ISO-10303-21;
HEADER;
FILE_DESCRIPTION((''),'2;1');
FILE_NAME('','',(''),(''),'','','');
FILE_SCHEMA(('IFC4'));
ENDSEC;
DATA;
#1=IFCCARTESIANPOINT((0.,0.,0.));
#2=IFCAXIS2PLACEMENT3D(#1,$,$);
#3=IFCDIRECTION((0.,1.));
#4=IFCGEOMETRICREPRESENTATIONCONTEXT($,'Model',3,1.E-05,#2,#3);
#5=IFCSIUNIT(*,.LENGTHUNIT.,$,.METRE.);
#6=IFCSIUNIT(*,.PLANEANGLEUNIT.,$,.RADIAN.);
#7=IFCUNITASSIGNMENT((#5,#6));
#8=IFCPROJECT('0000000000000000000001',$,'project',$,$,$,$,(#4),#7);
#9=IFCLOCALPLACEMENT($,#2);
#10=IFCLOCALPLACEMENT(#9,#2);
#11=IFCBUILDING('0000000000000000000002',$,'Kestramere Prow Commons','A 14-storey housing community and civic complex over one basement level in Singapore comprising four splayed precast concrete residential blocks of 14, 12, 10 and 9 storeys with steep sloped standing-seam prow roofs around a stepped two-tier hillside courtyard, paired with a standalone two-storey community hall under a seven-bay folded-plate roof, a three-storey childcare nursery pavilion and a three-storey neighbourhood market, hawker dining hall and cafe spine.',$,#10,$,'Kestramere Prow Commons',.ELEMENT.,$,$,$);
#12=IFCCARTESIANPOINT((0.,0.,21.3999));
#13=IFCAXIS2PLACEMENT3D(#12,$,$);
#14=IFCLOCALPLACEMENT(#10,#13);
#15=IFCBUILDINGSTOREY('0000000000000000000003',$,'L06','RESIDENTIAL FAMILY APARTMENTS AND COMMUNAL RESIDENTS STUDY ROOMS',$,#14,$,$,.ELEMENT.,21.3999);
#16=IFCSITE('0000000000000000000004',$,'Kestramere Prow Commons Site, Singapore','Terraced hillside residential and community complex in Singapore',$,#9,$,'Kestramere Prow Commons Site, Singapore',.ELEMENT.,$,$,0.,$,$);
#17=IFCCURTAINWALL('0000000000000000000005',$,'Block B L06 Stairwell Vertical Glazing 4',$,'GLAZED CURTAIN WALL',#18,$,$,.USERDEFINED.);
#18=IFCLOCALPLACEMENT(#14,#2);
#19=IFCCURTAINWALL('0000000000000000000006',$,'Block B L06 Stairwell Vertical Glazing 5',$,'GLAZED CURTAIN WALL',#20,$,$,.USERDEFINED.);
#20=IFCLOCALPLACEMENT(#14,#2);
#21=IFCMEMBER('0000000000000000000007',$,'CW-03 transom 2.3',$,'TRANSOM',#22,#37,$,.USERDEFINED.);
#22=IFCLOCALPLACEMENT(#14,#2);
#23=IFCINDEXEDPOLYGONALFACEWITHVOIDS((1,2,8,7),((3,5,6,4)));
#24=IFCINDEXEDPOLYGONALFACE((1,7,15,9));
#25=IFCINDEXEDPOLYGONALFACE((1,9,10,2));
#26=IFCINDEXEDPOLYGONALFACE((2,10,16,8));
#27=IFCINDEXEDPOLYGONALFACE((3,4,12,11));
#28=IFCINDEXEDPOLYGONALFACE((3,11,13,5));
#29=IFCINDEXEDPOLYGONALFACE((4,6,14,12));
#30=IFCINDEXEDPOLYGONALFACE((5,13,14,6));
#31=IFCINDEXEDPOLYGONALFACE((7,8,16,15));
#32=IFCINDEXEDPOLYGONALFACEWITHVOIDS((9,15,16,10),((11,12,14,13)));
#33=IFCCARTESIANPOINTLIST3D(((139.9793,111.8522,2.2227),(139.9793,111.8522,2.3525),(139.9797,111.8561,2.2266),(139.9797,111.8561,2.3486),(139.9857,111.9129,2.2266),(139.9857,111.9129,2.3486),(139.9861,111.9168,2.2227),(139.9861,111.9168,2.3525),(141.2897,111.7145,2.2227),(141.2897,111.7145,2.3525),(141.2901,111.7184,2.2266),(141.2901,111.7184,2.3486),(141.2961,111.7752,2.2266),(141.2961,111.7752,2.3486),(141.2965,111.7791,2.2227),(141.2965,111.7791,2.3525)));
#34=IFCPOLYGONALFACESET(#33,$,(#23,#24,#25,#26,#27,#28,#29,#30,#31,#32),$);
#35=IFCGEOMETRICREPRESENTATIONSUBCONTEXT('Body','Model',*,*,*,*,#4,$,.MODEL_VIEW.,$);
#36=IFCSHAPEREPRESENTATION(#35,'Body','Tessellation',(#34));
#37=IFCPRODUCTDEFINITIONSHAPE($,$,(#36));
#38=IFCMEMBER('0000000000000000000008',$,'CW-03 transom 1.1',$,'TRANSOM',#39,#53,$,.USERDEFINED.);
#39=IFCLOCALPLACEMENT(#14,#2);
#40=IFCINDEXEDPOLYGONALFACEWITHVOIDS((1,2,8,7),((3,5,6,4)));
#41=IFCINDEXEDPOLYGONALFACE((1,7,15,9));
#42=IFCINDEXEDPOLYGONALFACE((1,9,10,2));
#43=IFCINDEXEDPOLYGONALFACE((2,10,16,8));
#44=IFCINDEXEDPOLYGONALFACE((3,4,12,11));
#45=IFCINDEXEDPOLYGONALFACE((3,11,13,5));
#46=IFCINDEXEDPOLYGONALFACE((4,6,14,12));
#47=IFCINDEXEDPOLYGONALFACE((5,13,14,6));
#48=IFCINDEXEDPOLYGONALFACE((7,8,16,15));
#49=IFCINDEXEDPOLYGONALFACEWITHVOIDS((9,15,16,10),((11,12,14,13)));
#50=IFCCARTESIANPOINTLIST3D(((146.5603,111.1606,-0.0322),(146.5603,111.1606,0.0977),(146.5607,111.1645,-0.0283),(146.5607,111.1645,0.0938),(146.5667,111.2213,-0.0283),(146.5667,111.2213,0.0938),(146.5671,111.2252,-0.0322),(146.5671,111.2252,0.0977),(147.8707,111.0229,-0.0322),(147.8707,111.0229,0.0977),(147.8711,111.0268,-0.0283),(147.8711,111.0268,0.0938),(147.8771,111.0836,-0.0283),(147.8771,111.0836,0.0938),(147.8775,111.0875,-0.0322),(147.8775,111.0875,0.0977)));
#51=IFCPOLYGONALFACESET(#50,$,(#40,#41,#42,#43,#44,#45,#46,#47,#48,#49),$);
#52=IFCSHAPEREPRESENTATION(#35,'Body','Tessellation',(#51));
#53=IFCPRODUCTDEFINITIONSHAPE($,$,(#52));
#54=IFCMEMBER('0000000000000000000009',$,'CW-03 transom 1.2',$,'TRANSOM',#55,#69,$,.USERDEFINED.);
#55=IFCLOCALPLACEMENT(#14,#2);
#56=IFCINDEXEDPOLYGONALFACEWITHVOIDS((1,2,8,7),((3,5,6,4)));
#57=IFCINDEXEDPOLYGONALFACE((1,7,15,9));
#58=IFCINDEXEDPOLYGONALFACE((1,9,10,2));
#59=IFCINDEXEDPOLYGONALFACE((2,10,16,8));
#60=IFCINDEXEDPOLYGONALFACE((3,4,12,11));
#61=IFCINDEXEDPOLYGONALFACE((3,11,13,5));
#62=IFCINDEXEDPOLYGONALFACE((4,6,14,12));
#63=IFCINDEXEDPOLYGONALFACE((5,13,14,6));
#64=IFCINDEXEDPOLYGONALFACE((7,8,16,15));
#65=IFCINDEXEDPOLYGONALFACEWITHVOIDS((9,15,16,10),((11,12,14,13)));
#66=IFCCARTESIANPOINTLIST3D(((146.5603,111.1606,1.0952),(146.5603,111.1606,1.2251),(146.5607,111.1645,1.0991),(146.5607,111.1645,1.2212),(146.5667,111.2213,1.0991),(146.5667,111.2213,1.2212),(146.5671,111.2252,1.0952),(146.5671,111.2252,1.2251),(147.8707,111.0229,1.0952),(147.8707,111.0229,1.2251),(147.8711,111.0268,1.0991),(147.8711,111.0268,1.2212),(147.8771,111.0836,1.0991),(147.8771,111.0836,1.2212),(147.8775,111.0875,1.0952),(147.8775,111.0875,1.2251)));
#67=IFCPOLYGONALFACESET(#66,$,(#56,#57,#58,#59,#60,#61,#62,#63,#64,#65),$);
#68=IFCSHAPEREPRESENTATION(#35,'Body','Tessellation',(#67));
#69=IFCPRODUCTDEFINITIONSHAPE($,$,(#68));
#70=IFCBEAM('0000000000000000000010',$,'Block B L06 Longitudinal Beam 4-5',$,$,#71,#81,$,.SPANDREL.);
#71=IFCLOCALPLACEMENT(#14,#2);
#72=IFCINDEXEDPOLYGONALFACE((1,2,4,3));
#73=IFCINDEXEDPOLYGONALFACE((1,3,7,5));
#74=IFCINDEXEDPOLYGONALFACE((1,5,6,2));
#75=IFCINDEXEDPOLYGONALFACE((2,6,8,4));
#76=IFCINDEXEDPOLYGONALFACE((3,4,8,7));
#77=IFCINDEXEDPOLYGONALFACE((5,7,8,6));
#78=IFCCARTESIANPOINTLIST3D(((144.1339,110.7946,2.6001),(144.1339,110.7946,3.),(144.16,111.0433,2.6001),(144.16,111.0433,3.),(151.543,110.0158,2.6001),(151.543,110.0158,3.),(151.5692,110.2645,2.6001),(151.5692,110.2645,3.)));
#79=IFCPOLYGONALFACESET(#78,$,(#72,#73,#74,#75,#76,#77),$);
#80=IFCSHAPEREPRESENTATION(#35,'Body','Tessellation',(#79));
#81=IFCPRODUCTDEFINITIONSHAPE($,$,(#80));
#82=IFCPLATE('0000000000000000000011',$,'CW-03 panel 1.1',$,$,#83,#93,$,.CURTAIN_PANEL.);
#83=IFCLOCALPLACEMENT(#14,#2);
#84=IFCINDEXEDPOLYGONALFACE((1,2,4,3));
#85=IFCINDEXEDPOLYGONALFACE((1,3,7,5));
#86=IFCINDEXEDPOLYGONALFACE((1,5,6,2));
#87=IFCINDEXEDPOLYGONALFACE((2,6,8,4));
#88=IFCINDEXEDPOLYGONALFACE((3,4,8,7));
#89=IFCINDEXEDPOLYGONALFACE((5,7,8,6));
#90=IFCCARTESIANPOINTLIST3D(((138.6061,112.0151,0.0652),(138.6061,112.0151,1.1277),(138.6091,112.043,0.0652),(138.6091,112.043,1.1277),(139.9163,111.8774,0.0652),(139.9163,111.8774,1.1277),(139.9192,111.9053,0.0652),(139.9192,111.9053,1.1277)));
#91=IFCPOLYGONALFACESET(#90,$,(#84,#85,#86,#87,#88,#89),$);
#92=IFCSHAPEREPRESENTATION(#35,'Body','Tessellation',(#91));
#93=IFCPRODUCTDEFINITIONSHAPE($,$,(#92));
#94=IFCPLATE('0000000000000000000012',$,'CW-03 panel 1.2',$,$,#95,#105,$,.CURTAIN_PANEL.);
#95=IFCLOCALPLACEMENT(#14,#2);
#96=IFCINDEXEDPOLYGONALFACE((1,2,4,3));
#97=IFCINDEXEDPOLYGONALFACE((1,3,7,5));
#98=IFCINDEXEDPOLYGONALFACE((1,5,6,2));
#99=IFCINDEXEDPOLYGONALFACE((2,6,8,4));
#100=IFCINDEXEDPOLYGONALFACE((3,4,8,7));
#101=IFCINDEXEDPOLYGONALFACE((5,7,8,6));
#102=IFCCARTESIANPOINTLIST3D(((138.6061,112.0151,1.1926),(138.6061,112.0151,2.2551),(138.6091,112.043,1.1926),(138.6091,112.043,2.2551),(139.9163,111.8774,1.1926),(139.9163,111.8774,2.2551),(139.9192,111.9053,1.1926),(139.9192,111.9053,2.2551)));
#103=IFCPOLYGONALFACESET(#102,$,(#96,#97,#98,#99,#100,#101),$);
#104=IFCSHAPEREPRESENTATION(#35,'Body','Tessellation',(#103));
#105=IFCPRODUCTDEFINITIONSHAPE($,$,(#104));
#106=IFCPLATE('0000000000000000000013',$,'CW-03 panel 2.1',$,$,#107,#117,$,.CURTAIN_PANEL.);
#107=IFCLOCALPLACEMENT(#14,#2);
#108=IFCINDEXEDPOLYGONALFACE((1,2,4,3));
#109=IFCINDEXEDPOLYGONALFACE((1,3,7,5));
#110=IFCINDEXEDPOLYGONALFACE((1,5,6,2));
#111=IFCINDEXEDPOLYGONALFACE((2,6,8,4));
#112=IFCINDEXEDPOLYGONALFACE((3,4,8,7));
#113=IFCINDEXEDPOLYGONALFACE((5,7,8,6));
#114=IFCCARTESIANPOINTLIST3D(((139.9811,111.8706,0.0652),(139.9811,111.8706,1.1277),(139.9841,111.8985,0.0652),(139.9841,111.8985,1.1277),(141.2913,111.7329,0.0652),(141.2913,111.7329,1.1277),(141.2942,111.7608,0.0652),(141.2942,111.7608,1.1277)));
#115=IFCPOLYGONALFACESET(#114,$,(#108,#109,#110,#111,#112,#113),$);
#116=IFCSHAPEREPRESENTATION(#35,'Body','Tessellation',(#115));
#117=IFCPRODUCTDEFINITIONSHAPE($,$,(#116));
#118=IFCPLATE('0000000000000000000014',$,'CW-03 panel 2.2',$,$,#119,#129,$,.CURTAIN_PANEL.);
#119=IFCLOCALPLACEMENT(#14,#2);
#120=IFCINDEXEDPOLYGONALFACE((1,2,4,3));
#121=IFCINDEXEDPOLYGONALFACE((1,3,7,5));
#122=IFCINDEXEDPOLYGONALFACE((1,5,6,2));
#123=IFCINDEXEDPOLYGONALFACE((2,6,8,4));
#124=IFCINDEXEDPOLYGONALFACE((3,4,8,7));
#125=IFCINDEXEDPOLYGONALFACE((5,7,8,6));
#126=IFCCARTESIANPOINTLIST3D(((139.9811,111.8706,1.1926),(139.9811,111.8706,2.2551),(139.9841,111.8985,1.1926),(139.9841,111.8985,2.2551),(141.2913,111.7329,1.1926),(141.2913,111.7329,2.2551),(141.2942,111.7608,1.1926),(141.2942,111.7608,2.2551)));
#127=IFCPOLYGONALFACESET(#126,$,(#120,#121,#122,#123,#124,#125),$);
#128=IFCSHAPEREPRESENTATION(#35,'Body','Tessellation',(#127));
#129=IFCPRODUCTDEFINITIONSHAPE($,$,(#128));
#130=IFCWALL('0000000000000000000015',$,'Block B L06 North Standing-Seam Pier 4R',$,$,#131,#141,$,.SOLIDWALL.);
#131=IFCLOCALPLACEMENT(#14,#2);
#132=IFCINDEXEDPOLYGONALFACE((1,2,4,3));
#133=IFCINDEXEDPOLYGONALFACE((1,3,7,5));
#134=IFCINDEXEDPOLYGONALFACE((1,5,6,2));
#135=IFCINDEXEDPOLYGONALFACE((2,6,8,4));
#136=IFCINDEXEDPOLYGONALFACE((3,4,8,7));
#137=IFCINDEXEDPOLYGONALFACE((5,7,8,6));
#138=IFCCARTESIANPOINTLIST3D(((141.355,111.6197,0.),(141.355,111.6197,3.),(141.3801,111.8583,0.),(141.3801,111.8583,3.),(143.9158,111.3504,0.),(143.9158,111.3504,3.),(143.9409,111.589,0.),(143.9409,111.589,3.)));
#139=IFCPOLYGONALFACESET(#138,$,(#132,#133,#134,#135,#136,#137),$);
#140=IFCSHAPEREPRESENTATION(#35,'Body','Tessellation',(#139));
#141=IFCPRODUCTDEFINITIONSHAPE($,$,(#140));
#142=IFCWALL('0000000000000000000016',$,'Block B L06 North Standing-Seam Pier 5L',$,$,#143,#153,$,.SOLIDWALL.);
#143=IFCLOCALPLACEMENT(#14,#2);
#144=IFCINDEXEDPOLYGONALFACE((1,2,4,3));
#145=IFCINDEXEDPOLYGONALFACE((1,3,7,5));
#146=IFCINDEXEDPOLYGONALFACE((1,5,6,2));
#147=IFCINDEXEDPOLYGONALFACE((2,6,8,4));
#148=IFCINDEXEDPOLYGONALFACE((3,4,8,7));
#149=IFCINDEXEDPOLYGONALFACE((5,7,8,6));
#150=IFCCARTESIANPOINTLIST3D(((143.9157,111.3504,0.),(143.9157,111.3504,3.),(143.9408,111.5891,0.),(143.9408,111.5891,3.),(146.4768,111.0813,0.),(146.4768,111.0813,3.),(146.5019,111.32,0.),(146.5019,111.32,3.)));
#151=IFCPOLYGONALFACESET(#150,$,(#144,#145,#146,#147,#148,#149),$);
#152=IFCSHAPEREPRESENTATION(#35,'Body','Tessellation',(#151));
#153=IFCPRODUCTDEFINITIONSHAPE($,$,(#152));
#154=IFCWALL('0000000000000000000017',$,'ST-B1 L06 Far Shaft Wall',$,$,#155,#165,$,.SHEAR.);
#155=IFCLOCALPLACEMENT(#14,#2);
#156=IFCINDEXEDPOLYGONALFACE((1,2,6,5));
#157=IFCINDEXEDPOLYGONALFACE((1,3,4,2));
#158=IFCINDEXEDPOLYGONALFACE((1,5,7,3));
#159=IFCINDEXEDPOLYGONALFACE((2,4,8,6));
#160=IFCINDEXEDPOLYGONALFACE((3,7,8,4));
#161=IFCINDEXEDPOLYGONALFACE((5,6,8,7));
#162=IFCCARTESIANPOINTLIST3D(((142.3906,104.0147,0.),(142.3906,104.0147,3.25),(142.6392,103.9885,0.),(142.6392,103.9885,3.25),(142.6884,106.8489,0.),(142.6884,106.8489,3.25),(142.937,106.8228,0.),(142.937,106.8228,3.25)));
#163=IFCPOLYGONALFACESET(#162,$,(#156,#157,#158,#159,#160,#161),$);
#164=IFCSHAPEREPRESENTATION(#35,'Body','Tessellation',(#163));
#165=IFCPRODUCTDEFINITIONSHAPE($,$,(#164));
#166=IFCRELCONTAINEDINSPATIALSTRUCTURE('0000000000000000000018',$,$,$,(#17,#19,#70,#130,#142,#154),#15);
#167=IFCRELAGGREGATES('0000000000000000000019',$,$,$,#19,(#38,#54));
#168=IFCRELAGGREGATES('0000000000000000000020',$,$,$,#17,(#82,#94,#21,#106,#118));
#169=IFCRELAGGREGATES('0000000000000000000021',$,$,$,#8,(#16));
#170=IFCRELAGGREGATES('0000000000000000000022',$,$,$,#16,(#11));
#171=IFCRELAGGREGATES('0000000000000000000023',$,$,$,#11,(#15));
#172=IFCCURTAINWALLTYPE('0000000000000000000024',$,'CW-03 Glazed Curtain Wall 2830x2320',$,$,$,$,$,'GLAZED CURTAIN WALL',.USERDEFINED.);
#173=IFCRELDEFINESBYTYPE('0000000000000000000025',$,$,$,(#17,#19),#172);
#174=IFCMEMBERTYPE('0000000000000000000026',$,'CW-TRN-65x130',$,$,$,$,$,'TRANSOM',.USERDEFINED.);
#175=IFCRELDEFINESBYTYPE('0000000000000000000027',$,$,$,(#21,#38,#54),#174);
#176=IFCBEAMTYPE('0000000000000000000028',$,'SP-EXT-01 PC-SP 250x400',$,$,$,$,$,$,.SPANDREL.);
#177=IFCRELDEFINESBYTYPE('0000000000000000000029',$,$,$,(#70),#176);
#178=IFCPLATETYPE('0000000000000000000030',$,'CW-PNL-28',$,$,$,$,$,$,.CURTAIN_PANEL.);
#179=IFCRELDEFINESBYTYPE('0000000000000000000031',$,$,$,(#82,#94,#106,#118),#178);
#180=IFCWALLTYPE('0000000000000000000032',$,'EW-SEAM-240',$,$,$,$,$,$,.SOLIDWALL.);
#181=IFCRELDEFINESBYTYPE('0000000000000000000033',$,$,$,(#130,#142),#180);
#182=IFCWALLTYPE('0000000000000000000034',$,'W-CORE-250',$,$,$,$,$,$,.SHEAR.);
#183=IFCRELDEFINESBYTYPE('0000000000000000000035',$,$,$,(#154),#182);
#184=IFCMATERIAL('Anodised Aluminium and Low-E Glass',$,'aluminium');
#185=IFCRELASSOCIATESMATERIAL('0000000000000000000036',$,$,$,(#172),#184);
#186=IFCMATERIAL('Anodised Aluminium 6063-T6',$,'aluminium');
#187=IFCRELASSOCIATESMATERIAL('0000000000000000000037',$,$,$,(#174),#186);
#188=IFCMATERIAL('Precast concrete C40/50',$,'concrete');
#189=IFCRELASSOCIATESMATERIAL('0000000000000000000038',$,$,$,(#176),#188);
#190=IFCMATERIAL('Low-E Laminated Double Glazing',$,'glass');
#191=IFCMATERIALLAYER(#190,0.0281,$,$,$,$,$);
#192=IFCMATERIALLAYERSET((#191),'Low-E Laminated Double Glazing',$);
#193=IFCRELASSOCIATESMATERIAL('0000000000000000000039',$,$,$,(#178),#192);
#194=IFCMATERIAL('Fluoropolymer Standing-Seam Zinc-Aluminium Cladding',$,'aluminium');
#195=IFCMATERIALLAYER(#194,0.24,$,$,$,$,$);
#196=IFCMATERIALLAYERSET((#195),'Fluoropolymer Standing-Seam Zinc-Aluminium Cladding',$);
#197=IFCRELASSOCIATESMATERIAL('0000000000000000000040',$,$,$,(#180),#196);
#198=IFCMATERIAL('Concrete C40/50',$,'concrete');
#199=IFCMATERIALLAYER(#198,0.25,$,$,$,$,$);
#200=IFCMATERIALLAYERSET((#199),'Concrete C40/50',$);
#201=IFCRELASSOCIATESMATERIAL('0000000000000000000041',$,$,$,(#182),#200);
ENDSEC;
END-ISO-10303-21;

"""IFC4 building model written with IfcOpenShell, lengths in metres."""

from ifc_helpers import new_model, si_unit, direction, frame, frame_2d, origin, origin_2d, place, context, subcontext, project, spatial, rectangle, hollow_rectangle, extrude, material, layer, layer_set, material_profile, profile_set, type_object, element, aggregate, save


model = new_model("IFC4")

# Units and contexts
model_context = context("Model", 3, precision=1e-05, world=origin(), true_north=direction((0.0, 1.0)))
body_context = subcontext(model_context, "Body", "Model", "MODEL_VIEW")
ifc_project = project(units=[si_unit("LENGTHUNIT", "METRE"), si_unit("PLANEANGLEUNIT", "RADIAN")], contexts=[model_context])

# Site, building, storey
site_placement = place(None, origin())
site = spatial("IfcSite", under=ifc_project, at=site_placement, Name="Kestramere Prow Commons Site, Singapore", Description="Terraced hillside residential and community complex in Singapore", LongName="Kestramere Prow Commons Site, Singapore", CompositionType="ELEMENT", RefElevation=0.0)
building_placement = place(site_placement, origin())
building = spatial("IfcBuilding", under=site, at=building_placement, Name="Kestramere Prow Commons", Description="A 14-storey housing community and civic complex over one basement level in Singapore comprising four splayed precast concrete residential blocks of 14, 12, 10 and 9 storeys with steep sloped standing-seam prow roofs around a stepped two-tier hillside courtyard, paired with a standalone two-storey community hall under a seven-bay folded-plate roof, a three-storey childcare nursery pavilion and a three-storey neighbourhood market, hawker dining hall and cafe spine.", LongName="Kestramere Prow Commons", CompositionType="ELEMENT")
storey_placement = place(building_placement, frame((0.0, 0.0, 21.3999)))
storey = spatial("IfcBuildingStorey", under=building, at=storey_placement, Name="L06", Description="RESIDENTIAL FAMILY APARTMENTS AND COMMUNAL RESIDENTS STUDY ROOMS", CompositionType="ELEMENT", Elevation=21.3999)

# Shared definitions
ifc_material_1 = material(Name="Precast concrete C40/50", Category="concrete")

# Shared definitions
ifc_material_2 = material(Name="Concrete C40/50", Category="concrete")

# Curtain wall
ifc_material_3 = material(Name="Anodised Aluminium and Low-E Glass", Category="aluminium")
curtain_wall_type = type_object("IfcCurtainWallType", Name="CW-03 Glazed Curtain Wall 2830x2320", ElementType="GLAZED CURTAIN WALL", PredefinedType="USERDEFINED", material=ifc_material_3)
curtain_wall_1_placement = place(storey_placement, origin())
curtain_wall_1 = element("IfcCurtainWall", 1, at=curtain_wall_1_placement, inside=storey, type_object=curtain_wall_type, Name="Block B L06 Stairwell Vertical Glazing 4", ObjectType="GLAZED CURTAIN WALL", PredefinedType="USERDEFINED")
ifc_material_4 = material(Name="Anodised Aluminium 6063-T6", Category="aluminium")

# Curtain wall
curtain_wall_2_placement = place(storey_placement, origin())
curtain_wall_2 = element("IfcCurtainWall", 2, at=curtain_wall_2_placement, inside=storey, type_object=curtain_wall_type, Name="Block B L06 Stairwell Vertical Glazing 5", ObjectType="GLAZED CURTAIN WALL", PredefinedType="USERDEFINED")

# Members
ifc_material_profile_1 = material_profile(ifc_material_4, hollow_rectangle(XDim=0.0649, YDim=0.1299, WallThickness=0.0039, at=origin_2d()), Name="ALU-TRN 65x130")
ifc_profile_set_1 = profile_set([ifc_material_profile_1], Name="Anodised Aluminium 6063-T6")
member_type_1 = type_object("IfcMemberType", Name="CW-TRN-65x130", ElementType="TRANSOM", PredefinedType="USERDEFINED", material=ifc_profile_set_1)
member_1_placement = place(storey_placement, frame((139.9827, 111.8845, 2.2876), z_axis=(0.994524, -0.104511, 0.0), x_axis=(0.104511, 0.994524, 0.0)))
member_1 = element("IfcMember", 3, at=member_1_placement, type_object=member_type_1, Name="CW-03 transom 2.3", ObjectType="TRANSOM", PredefinedType="USERDEFINED", context=body_context, shape_type="SweptSolid", body=[
    extrude(hollow_rectangle(XDim=0.0649, YDim=0.1299, WallThickness=0.0039, at=origin_2d()), origin(), (0.0, 0.0, 1.0), 1.3176),
])
member_2_placement = place(storey_placement, frame((146.5637, 111.1929, 0.0327), z_axis=(0.994524, -0.104511, 0.0), x_axis=(0.104511, 0.994524, 0.0)))
member_2 = element("IfcMember", 4, at=member_2_placement, type_object=member_type_1, Name="CW-03 transom 1.1", ObjectType="TRANSOM", PredefinedType="USERDEFINED", context=body_context, shape_type="SweptSolid", body=[
    extrude(hollow_rectangle(XDim=0.0649, YDim=0.1299, WallThickness=0.0039, at=origin_2d()), origin(), (0.0, 0.0, 1.0), 1.3176),
])
member_3_placement = place(storey_placement, frame((146.5637, 111.1929, 1.1602), z_axis=(0.994524, -0.104511, 0.0), x_axis=(0.104511, 0.994524, 0.0)))
member_3 = element("IfcMember", 5, at=member_3_placement, type_object=member_type_1, Name="CW-03 transom 1.2", ObjectType="TRANSOM", PredefinedType="USERDEFINED", context=body_context, shape_type="SweptSolid", body=[
    extrude(hollow_rectangle(XDim=0.0649, YDim=0.1299, WallThickness=0.0039, at=origin_2d()), origin(), (0.0, 0.0, 1.0), 1.3176),
])
aggregate(curtain_wall_2, [member_2, member_3])

# Beam
ifc_material_profile_2 = material_profile(ifc_material_1, rectangle(XDim=0.25, YDim=0.3999, at=origin_2d()), Name="PC-SP 250x400")
ifc_profile_set_2 = profile_set([ifc_material_profile_2], Name="Precast concrete C40/50")
beam_type_1 = type_object("IfcBeamType", Name="SP-EXT-01 PC-SP 250x400", PredefinedType="SPANDREL", material=ifc_profile_set_2)
beam_1_placement = place(storey_placement, frame((144.147, 110.9189, 2.8), z_axis=(0.994521, -0.104538, 0.0), x_axis=(0.104538, 0.994521, 0.0)))
element("IfcBeam", 6, at=beam_1_placement, inside=storey, type_object=beam_type_1, Name="Block B L06 Longitudinal Beam 4-5", PredefinedType="SPANDREL", context=body_context, shape_type="SweptSolid", body=[
    extrude(rectangle(XDim=0.25, YDim=0.3999, at=origin_2d()), origin(), (0.0, 0.0, 1.0), 7.45),
])

# Plates
ifc_material_5 = material(Name="Low-E Laminated Double Glazing", Category="glass")
ifc_layer_1 = layer(ifc_material_5, 0.0281)
ifc_layer_set_1 = layer_set([ifc_layer_1], Name="Low-E Laminated Double Glazing")
plate_type = type_object("IfcPlateType", Name="CW-PNL-28", PredefinedType="CURTAIN_PANEL", material=ifc_layer_set_1)
plate_1_placement = place(storey_placement, frame((139.2627, 111.9602, 0.0652), z_axis=(0.0, 0.0, 1.0), x_axis=(0.994522, -0.104529, 0.0)))
plate_1 = element("IfcPlate", 7, at=plate_1_placement, type_object=plate_type, Name="CW-03 panel 1.1", PredefinedType="CURTAIN_PANEL", context=body_context, shape_type="SweptSolid", body=[
    extrude(rectangle(XDim=1.3174, YDim=0.0281, at=origin_2d()), origin(), (0.0, 0.0, 1.0), 1.0625),
])
plate_2_placement = place(storey_placement, frame((139.2627, 111.9602, 1.1926), z_axis=(0.0, 0.0, 1.0), x_axis=(0.994522, -0.104529, 0.0)))
plate_2 = element("IfcPlate", 8, at=plate_2_placement, type_object=plate_type, Name="CW-03 panel 1.2", PredefinedType="CURTAIN_PANEL", context=body_context, shape_type="SweptSolid", body=[
    extrude(rectangle(XDim=1.3174, YDim=0.0281, at=origin_2d()), origin(), (0.0, 0.0, 1.0), 1.0625),
])
plate_3_placement = place(storey_placement, frame((140.6377, 111.8157, 0.0652), z_axis=(0.0, 0.0, 1.0), x_axis=(0.994522, -0.104529, 0.0)))
plate_3 = element("IfcPlate", 9, at=plate_3_placement, type_object=plate_type, Name="CW-03 panel 2.1", PredefinedType="CURTAIN_PANEL", context=body_context, shape_type="SweptSolid", body=[
    extrude(rectangle(XDim=1.3174, YDim=0.0281, at=origin_2d()), origin(), (0.0, 0.0, 1.0), 1.0625),
])
plate_4_placement = place(storey_placement, frame((140.6377, 111.8157, 1.1926), z_axis=(0.0, 0.0, 1.0), x_axis=(0.994522, -0.104529, 0.0)))
plate_4 = element("IfcPlate", 10, at=plate_4_placement, type_object=plate_type, Name="CW-03 panel 2.2", PredefinedType="CURTAIN_PANEL", context=body_context, shape_type="SweptSolid", body=[
    extrude(rectangle(XDim=1.3174, YDim=0.0281, at=origin_2d()), origin(), (0.0, 0.0, 1.0), 1.0625),
])
aggregate(curtain_wall_1, [plate_1, plate_2, member_1, plate_3, plate_4])

# Walls
ifc_material_6 = material(Name="Fluoropolymer Standing-Seam Zinc-Aluminium Cladding", Category="aluminium")
ifc_layer_2 = layer(ifc_material_6, 0.24)
ifc_layer_set_2 = layer_set([ifc_layer_2], Name="Fluoropolymer Standing-Seam Zinc-Aluminium Cladding")
wall_type_1 = type_object("IfcWallType", Name="EW-SEAM-240", PredefinedType="SOLIDWALL", material=ifc_layer_set_2)
wall_1_placement = place(storey_placement, frame((141.3674, 111.739, 0.0), z_axis=(0.0, 0.0, 1.0), x_axis=(0.994516, -0.104581, 0.0)))
element("IfcWall", 11, at=wall_1_placement, inside=storey, type_object=wall_type_1, Name="Block B L06 North Standing-Seam Pier 4R", PredefinedType="SOLIDWALL", context=body_context, shape_type="SweptSolid", body=[
    extrude(rectangle(XDim=2.575, YDim=0.24, at=frame_2d((1.2876, 0.0))), origin(), (0.0, 0.0, 1.0), 3.0),
])
wall_2_placement = place(storey_placement, frame((143.9282, 111.4697, 0.0), z_axis=(0.0, 0.0, 1.0), x_axis=(0.994527, -0.104478, 0.0)))
element("IfcWall", 12, at=wall_2_placement, inside=storey, type_object=wall_type_1, Name="Block B L06 North Standing-Seam Pier 5L", PredefinedType="SOLIDWALL", context=body_context, shape_type="SweptSolid", body=[
    extrude(rectangle(XDim=2.5752, YDim=0.24, at=frame_2d((1.2876, 0.0))), origin(), (0.0, 0.0, 1.0), 3.0),
])
ifc_layer_3 = layer(ifc_material_2, 0.25)
ifc_layer_set_3 = layer_set([ifc_layer_3], Name="Concrete C40/50")
wall_type_2 = type_object("IfcWallType", Name="W-CORE-250", PredefinedType="SHEAR", material=ifc_layer_set_3)
wall_3_placement = place(storey_placement, frame((142.5149, 104.0017, 0.0), z_axis=(0.0, 0.0, 1.0), x_axis=(0.104515, 0.994523, 0.0)))
element("IfcWall", 13, at=wall_3_placement, inside=storey, type_object=wall_type_2, Name="ST-B1 L06 Far Shaft Wall", PredefinedType="SHEAR", context=body_context, shape_type="SweptSolid", body=[
    extrude(rectangle(XDim=2.8499, YDim=0.25, at=frame_2d((1.4248, 0.0))), origin(), (0.0, 0.0, 1.0), 3.25),
])

save(model, "model.ifc")
